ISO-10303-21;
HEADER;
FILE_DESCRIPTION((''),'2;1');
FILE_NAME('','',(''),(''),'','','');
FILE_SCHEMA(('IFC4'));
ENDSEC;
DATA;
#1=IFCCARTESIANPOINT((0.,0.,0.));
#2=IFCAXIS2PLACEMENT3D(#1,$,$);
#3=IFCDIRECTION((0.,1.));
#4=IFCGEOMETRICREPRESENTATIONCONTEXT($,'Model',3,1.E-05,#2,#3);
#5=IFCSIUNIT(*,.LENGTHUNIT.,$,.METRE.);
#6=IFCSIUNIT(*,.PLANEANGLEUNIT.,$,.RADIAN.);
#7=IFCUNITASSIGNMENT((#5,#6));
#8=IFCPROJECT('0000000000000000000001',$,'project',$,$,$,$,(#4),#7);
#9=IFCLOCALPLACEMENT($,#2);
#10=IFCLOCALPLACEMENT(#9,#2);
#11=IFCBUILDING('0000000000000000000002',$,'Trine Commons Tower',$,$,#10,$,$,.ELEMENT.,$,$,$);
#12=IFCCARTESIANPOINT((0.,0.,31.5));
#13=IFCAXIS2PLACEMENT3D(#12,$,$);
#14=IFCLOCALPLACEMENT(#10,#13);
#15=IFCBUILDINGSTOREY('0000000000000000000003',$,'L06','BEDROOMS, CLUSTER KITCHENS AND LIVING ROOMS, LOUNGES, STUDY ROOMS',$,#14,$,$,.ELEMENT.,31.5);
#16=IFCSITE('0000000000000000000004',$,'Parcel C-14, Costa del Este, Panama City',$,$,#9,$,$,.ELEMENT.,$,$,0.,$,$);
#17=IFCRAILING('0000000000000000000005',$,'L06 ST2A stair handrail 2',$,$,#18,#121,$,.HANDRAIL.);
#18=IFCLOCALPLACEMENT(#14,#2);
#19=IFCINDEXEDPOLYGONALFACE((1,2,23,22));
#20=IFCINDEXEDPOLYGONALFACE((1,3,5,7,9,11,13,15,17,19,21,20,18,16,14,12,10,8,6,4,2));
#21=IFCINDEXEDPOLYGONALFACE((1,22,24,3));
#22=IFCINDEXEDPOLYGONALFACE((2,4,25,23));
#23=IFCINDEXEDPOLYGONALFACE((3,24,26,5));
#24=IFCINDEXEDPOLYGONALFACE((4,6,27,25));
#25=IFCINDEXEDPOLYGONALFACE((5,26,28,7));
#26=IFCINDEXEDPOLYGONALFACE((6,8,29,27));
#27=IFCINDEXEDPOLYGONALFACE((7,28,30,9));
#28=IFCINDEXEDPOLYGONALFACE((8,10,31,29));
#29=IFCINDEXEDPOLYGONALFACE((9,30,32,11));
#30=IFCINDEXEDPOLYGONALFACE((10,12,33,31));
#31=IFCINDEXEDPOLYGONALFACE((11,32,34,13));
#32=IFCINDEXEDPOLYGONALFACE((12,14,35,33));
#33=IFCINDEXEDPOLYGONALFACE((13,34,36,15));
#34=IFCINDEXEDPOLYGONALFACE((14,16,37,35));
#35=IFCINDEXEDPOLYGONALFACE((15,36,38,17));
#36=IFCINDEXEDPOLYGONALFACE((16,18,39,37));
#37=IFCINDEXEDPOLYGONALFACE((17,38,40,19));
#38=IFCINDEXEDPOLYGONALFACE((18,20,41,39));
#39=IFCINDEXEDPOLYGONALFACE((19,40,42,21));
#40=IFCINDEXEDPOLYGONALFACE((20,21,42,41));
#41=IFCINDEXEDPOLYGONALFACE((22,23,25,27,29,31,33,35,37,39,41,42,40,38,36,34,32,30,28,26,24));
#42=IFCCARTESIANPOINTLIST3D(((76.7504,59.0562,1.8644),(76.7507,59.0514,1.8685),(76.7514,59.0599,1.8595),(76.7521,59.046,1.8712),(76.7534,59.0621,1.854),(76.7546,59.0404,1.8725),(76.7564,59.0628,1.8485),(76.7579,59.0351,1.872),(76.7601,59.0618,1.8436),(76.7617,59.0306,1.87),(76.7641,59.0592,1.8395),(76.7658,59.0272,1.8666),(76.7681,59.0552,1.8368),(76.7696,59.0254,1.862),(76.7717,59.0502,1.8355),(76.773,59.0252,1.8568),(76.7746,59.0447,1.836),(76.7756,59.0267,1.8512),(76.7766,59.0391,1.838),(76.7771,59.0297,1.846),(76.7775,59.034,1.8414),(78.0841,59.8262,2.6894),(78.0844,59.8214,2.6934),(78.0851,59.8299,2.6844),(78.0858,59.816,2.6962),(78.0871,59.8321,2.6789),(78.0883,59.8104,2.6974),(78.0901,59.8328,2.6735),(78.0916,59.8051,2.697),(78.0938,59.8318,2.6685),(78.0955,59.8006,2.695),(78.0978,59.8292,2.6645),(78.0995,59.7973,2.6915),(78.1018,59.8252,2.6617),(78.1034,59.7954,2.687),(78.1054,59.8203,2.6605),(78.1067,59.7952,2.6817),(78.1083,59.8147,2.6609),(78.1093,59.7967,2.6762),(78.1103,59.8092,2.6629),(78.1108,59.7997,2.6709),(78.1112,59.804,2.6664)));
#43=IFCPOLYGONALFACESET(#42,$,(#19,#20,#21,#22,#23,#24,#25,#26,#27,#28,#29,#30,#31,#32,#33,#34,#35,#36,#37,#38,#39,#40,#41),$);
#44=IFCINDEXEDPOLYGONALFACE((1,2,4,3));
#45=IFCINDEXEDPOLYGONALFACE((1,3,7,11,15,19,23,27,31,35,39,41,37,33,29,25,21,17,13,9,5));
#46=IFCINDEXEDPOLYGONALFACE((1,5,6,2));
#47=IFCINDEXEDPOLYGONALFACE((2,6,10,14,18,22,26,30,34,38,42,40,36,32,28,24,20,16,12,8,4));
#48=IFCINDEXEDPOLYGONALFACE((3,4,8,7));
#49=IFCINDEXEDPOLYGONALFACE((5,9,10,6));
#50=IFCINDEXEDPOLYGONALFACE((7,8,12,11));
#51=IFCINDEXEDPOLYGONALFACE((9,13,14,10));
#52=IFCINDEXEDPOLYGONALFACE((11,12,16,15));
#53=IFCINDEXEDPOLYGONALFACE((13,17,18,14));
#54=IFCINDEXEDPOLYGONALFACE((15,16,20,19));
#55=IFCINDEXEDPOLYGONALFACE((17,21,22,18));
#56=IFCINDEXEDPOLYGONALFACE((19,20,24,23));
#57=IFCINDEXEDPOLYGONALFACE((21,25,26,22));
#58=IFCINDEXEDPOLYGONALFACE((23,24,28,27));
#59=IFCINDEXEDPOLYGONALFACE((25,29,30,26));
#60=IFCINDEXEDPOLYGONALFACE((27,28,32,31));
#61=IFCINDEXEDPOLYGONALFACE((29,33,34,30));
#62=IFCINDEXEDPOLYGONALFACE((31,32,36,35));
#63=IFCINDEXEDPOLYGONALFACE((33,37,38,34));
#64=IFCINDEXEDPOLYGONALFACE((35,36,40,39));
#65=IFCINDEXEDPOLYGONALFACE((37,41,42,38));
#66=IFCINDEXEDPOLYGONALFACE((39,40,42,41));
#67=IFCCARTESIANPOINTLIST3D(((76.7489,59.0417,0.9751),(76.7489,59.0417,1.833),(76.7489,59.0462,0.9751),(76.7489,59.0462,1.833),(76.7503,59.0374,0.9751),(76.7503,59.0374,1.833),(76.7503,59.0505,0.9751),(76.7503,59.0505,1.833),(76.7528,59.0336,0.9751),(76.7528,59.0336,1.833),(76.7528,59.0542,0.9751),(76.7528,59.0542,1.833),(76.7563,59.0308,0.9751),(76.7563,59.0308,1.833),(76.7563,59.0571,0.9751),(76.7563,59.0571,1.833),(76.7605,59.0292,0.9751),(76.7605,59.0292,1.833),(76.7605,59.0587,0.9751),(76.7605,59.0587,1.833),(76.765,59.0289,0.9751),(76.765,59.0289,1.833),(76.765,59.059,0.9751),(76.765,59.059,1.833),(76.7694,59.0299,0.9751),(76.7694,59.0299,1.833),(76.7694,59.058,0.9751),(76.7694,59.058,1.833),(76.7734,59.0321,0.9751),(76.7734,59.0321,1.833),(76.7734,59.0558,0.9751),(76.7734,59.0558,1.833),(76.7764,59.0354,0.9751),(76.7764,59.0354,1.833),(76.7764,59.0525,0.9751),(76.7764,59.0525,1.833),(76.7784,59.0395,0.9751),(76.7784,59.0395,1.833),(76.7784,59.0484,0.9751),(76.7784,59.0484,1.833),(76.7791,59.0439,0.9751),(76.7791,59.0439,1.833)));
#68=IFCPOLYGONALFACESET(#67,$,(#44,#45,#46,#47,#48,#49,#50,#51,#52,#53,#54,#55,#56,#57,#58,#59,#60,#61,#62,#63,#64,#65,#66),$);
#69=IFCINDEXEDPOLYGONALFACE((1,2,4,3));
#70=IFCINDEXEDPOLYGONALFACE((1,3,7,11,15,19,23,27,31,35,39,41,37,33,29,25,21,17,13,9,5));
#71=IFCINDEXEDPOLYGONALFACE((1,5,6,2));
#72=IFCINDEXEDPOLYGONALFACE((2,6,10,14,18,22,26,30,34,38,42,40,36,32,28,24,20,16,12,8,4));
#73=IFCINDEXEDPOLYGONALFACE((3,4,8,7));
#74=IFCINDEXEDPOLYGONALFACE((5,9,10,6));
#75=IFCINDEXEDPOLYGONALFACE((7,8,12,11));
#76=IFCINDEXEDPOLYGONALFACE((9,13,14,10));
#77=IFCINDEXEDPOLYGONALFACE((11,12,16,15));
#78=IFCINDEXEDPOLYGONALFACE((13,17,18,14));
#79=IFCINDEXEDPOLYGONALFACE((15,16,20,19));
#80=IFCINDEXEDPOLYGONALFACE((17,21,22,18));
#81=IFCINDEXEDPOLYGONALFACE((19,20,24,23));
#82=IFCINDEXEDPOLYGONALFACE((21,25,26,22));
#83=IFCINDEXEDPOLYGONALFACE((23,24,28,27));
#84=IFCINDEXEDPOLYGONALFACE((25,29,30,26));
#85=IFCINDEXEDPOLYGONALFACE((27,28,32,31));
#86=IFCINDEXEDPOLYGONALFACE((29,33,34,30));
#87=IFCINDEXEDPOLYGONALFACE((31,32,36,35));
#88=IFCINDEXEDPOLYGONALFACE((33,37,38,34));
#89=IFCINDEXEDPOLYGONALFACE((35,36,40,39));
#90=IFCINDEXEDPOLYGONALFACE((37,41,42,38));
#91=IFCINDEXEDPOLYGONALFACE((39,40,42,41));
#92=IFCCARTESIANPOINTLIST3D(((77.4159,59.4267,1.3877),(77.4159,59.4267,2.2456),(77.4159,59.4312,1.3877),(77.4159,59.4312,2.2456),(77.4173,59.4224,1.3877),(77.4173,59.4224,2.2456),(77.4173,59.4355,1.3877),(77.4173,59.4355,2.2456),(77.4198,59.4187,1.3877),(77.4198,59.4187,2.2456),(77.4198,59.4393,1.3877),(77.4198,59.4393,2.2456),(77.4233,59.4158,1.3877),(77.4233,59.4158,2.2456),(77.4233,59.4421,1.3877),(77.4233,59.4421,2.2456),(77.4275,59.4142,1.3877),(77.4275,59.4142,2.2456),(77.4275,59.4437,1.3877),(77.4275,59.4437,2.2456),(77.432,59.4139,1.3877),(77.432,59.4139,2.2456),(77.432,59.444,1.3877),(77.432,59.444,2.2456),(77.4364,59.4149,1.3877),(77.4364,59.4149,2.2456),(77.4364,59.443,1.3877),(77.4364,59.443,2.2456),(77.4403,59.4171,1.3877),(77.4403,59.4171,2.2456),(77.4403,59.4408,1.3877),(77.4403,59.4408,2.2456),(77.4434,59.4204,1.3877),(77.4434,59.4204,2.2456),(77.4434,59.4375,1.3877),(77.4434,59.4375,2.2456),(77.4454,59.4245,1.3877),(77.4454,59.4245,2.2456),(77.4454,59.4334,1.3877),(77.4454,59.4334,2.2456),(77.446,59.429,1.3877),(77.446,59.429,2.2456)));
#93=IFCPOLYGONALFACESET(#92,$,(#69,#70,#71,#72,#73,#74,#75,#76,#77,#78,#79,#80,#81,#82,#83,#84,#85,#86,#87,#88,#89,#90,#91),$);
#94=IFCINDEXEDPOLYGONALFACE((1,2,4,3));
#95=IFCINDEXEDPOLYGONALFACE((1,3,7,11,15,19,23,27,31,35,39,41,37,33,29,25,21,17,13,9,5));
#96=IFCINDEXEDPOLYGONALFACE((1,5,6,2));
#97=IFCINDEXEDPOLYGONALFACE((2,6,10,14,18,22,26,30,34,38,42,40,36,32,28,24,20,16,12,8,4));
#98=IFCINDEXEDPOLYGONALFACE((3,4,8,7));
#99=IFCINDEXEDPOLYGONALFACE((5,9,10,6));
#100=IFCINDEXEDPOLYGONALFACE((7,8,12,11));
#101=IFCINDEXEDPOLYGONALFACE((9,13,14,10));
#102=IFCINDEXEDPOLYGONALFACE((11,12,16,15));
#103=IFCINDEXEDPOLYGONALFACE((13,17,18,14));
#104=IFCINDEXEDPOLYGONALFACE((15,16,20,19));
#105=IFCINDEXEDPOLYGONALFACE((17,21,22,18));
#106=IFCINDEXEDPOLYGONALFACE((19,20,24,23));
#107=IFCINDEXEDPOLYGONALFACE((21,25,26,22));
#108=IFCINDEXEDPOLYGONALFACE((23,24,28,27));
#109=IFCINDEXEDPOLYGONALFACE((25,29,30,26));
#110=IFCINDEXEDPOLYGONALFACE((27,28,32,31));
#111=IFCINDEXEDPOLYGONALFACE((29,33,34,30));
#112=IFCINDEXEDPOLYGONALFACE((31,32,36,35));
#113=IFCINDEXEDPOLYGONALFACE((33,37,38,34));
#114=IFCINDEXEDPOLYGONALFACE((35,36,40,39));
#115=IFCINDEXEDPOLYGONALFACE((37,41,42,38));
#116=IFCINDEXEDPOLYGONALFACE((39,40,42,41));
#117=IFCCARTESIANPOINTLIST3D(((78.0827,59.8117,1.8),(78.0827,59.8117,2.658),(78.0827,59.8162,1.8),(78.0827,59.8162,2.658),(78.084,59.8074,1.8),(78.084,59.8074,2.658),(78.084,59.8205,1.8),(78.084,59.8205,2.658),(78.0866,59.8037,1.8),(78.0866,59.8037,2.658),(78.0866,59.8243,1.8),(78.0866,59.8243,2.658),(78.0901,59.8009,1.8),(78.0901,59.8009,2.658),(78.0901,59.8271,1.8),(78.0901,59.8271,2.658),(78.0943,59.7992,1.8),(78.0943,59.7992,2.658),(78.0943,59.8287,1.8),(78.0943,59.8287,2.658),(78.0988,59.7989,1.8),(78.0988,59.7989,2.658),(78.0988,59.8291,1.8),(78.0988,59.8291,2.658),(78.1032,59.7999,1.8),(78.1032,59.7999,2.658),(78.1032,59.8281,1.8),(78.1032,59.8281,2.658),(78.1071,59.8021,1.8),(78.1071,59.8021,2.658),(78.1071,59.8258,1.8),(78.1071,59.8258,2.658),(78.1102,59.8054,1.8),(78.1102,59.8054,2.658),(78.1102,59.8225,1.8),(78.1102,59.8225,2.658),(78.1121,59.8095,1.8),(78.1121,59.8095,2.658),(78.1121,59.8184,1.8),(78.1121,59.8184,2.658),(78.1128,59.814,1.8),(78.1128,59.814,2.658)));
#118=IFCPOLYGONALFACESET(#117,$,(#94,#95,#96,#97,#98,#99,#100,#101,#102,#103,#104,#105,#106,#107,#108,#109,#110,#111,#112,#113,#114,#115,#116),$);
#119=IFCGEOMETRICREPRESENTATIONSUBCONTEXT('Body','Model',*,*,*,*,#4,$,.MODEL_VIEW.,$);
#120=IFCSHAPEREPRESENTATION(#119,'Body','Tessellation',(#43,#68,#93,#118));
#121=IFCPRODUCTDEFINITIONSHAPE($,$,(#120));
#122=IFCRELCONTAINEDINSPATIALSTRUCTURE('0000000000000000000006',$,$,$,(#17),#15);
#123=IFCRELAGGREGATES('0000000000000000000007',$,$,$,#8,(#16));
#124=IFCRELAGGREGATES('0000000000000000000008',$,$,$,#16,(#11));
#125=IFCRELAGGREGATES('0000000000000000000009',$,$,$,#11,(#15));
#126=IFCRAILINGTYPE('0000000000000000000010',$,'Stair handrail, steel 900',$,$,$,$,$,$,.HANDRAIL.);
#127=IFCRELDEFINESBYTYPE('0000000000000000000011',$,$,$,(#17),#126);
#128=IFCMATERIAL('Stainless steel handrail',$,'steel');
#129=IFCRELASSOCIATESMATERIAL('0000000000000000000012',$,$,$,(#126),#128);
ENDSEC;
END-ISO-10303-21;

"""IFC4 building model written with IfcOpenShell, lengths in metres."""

from ifc_helpers import new_model, si_unit, direction, frame, origin, origin_2d, place, context, subcontext, project, spatial, circle, extrude, material, type_object, element, save


model = new_model("IFC4")

# Units and contexts
model_context = context("Model", 3, precision=1e-05, world=origin(), true_north=direction((0.0, 1.0)))
body_context = subcontext(model_context, "Body", "Model", "MODEL_VIEW")
ifc_project = project(units=[si_unit("LENGTHUNIT", "METRE"), si_unit("PLANEANGLEUNIT", "RADIAN")], contexts=[model_context])

# Site, building, storey
site_placement = place(None, origin())
site = spatial("IfcSite", under=ifc_project, at=site_placement, Name="Parcel C-14, Costa del Este, Panama City", CompositionType="ELEMENT", RefElevation=0.0)
building_placement = place(site_placement, origin())
building = spatial("IfcBuilding", under=site, at=building_placement, Name="Trine Commons Tower", CompositionType="ELEMENT")
storey_placement = place(building_placement, frame((0.0, 0.0, 31.5)))
storey = spatial("IfcBuildingStorey", under=building, at=storey_placement, Name="L06", Description="BEDROOMS, CLUSTER KITCHENS AND LIVING ROOMS, LOUNGES, STUDY ROOMS", CompositionType="ELEMENT", Elevation=31.5)

# Railing
ifc_material_1 = material(Name="Stainless steel handrail", Category="steel")
railing_type_1 = type_object("IfcRailingType", Name="Stair handrail, steel 900", PredefinedType="HANDRAIL", material=ifc_material_1)
railing_1_placement = place(storey_placement, frame((76.7639, 59.0439, 0.9751)))
element("IfcRailing", 1, at=railing_1_placement, inside=storey, type_object=railing_type_1, Name="L06 ST2A stair handrail 2", PredefinedType="HANDRAIL", context=body_context, shape_type="SweptSolid", body=[
    extrude(circle(Radius=0.021, at=origin_2d()), frame((0.0, 0.0, 0.8789), z_axis=(0.763405, 0.440743, 0.472185), x_axis=(-0.499992, 0.86603, 0.0)), (0.0, 0.0, 1.0), 1.7471),
    extrude(circle(Radius=0.0151, at=origin_2d()), origin(), (0.0, 0.0, 1.0), 0.8579),
    extrude(circle(Radius=0.0151, at=origin_2d()), frame((0.667, 0.385, 0.4126)), (0.0, 0.0, 1.0), 0.8579),
    extrude(circle(Radius=0.0151, at=origin_2d()), frame((1.3337, 0.77, 0.825)), (0.0, 0.0, 1.0), 0.8579),
])

save(model, "model.ifc")
